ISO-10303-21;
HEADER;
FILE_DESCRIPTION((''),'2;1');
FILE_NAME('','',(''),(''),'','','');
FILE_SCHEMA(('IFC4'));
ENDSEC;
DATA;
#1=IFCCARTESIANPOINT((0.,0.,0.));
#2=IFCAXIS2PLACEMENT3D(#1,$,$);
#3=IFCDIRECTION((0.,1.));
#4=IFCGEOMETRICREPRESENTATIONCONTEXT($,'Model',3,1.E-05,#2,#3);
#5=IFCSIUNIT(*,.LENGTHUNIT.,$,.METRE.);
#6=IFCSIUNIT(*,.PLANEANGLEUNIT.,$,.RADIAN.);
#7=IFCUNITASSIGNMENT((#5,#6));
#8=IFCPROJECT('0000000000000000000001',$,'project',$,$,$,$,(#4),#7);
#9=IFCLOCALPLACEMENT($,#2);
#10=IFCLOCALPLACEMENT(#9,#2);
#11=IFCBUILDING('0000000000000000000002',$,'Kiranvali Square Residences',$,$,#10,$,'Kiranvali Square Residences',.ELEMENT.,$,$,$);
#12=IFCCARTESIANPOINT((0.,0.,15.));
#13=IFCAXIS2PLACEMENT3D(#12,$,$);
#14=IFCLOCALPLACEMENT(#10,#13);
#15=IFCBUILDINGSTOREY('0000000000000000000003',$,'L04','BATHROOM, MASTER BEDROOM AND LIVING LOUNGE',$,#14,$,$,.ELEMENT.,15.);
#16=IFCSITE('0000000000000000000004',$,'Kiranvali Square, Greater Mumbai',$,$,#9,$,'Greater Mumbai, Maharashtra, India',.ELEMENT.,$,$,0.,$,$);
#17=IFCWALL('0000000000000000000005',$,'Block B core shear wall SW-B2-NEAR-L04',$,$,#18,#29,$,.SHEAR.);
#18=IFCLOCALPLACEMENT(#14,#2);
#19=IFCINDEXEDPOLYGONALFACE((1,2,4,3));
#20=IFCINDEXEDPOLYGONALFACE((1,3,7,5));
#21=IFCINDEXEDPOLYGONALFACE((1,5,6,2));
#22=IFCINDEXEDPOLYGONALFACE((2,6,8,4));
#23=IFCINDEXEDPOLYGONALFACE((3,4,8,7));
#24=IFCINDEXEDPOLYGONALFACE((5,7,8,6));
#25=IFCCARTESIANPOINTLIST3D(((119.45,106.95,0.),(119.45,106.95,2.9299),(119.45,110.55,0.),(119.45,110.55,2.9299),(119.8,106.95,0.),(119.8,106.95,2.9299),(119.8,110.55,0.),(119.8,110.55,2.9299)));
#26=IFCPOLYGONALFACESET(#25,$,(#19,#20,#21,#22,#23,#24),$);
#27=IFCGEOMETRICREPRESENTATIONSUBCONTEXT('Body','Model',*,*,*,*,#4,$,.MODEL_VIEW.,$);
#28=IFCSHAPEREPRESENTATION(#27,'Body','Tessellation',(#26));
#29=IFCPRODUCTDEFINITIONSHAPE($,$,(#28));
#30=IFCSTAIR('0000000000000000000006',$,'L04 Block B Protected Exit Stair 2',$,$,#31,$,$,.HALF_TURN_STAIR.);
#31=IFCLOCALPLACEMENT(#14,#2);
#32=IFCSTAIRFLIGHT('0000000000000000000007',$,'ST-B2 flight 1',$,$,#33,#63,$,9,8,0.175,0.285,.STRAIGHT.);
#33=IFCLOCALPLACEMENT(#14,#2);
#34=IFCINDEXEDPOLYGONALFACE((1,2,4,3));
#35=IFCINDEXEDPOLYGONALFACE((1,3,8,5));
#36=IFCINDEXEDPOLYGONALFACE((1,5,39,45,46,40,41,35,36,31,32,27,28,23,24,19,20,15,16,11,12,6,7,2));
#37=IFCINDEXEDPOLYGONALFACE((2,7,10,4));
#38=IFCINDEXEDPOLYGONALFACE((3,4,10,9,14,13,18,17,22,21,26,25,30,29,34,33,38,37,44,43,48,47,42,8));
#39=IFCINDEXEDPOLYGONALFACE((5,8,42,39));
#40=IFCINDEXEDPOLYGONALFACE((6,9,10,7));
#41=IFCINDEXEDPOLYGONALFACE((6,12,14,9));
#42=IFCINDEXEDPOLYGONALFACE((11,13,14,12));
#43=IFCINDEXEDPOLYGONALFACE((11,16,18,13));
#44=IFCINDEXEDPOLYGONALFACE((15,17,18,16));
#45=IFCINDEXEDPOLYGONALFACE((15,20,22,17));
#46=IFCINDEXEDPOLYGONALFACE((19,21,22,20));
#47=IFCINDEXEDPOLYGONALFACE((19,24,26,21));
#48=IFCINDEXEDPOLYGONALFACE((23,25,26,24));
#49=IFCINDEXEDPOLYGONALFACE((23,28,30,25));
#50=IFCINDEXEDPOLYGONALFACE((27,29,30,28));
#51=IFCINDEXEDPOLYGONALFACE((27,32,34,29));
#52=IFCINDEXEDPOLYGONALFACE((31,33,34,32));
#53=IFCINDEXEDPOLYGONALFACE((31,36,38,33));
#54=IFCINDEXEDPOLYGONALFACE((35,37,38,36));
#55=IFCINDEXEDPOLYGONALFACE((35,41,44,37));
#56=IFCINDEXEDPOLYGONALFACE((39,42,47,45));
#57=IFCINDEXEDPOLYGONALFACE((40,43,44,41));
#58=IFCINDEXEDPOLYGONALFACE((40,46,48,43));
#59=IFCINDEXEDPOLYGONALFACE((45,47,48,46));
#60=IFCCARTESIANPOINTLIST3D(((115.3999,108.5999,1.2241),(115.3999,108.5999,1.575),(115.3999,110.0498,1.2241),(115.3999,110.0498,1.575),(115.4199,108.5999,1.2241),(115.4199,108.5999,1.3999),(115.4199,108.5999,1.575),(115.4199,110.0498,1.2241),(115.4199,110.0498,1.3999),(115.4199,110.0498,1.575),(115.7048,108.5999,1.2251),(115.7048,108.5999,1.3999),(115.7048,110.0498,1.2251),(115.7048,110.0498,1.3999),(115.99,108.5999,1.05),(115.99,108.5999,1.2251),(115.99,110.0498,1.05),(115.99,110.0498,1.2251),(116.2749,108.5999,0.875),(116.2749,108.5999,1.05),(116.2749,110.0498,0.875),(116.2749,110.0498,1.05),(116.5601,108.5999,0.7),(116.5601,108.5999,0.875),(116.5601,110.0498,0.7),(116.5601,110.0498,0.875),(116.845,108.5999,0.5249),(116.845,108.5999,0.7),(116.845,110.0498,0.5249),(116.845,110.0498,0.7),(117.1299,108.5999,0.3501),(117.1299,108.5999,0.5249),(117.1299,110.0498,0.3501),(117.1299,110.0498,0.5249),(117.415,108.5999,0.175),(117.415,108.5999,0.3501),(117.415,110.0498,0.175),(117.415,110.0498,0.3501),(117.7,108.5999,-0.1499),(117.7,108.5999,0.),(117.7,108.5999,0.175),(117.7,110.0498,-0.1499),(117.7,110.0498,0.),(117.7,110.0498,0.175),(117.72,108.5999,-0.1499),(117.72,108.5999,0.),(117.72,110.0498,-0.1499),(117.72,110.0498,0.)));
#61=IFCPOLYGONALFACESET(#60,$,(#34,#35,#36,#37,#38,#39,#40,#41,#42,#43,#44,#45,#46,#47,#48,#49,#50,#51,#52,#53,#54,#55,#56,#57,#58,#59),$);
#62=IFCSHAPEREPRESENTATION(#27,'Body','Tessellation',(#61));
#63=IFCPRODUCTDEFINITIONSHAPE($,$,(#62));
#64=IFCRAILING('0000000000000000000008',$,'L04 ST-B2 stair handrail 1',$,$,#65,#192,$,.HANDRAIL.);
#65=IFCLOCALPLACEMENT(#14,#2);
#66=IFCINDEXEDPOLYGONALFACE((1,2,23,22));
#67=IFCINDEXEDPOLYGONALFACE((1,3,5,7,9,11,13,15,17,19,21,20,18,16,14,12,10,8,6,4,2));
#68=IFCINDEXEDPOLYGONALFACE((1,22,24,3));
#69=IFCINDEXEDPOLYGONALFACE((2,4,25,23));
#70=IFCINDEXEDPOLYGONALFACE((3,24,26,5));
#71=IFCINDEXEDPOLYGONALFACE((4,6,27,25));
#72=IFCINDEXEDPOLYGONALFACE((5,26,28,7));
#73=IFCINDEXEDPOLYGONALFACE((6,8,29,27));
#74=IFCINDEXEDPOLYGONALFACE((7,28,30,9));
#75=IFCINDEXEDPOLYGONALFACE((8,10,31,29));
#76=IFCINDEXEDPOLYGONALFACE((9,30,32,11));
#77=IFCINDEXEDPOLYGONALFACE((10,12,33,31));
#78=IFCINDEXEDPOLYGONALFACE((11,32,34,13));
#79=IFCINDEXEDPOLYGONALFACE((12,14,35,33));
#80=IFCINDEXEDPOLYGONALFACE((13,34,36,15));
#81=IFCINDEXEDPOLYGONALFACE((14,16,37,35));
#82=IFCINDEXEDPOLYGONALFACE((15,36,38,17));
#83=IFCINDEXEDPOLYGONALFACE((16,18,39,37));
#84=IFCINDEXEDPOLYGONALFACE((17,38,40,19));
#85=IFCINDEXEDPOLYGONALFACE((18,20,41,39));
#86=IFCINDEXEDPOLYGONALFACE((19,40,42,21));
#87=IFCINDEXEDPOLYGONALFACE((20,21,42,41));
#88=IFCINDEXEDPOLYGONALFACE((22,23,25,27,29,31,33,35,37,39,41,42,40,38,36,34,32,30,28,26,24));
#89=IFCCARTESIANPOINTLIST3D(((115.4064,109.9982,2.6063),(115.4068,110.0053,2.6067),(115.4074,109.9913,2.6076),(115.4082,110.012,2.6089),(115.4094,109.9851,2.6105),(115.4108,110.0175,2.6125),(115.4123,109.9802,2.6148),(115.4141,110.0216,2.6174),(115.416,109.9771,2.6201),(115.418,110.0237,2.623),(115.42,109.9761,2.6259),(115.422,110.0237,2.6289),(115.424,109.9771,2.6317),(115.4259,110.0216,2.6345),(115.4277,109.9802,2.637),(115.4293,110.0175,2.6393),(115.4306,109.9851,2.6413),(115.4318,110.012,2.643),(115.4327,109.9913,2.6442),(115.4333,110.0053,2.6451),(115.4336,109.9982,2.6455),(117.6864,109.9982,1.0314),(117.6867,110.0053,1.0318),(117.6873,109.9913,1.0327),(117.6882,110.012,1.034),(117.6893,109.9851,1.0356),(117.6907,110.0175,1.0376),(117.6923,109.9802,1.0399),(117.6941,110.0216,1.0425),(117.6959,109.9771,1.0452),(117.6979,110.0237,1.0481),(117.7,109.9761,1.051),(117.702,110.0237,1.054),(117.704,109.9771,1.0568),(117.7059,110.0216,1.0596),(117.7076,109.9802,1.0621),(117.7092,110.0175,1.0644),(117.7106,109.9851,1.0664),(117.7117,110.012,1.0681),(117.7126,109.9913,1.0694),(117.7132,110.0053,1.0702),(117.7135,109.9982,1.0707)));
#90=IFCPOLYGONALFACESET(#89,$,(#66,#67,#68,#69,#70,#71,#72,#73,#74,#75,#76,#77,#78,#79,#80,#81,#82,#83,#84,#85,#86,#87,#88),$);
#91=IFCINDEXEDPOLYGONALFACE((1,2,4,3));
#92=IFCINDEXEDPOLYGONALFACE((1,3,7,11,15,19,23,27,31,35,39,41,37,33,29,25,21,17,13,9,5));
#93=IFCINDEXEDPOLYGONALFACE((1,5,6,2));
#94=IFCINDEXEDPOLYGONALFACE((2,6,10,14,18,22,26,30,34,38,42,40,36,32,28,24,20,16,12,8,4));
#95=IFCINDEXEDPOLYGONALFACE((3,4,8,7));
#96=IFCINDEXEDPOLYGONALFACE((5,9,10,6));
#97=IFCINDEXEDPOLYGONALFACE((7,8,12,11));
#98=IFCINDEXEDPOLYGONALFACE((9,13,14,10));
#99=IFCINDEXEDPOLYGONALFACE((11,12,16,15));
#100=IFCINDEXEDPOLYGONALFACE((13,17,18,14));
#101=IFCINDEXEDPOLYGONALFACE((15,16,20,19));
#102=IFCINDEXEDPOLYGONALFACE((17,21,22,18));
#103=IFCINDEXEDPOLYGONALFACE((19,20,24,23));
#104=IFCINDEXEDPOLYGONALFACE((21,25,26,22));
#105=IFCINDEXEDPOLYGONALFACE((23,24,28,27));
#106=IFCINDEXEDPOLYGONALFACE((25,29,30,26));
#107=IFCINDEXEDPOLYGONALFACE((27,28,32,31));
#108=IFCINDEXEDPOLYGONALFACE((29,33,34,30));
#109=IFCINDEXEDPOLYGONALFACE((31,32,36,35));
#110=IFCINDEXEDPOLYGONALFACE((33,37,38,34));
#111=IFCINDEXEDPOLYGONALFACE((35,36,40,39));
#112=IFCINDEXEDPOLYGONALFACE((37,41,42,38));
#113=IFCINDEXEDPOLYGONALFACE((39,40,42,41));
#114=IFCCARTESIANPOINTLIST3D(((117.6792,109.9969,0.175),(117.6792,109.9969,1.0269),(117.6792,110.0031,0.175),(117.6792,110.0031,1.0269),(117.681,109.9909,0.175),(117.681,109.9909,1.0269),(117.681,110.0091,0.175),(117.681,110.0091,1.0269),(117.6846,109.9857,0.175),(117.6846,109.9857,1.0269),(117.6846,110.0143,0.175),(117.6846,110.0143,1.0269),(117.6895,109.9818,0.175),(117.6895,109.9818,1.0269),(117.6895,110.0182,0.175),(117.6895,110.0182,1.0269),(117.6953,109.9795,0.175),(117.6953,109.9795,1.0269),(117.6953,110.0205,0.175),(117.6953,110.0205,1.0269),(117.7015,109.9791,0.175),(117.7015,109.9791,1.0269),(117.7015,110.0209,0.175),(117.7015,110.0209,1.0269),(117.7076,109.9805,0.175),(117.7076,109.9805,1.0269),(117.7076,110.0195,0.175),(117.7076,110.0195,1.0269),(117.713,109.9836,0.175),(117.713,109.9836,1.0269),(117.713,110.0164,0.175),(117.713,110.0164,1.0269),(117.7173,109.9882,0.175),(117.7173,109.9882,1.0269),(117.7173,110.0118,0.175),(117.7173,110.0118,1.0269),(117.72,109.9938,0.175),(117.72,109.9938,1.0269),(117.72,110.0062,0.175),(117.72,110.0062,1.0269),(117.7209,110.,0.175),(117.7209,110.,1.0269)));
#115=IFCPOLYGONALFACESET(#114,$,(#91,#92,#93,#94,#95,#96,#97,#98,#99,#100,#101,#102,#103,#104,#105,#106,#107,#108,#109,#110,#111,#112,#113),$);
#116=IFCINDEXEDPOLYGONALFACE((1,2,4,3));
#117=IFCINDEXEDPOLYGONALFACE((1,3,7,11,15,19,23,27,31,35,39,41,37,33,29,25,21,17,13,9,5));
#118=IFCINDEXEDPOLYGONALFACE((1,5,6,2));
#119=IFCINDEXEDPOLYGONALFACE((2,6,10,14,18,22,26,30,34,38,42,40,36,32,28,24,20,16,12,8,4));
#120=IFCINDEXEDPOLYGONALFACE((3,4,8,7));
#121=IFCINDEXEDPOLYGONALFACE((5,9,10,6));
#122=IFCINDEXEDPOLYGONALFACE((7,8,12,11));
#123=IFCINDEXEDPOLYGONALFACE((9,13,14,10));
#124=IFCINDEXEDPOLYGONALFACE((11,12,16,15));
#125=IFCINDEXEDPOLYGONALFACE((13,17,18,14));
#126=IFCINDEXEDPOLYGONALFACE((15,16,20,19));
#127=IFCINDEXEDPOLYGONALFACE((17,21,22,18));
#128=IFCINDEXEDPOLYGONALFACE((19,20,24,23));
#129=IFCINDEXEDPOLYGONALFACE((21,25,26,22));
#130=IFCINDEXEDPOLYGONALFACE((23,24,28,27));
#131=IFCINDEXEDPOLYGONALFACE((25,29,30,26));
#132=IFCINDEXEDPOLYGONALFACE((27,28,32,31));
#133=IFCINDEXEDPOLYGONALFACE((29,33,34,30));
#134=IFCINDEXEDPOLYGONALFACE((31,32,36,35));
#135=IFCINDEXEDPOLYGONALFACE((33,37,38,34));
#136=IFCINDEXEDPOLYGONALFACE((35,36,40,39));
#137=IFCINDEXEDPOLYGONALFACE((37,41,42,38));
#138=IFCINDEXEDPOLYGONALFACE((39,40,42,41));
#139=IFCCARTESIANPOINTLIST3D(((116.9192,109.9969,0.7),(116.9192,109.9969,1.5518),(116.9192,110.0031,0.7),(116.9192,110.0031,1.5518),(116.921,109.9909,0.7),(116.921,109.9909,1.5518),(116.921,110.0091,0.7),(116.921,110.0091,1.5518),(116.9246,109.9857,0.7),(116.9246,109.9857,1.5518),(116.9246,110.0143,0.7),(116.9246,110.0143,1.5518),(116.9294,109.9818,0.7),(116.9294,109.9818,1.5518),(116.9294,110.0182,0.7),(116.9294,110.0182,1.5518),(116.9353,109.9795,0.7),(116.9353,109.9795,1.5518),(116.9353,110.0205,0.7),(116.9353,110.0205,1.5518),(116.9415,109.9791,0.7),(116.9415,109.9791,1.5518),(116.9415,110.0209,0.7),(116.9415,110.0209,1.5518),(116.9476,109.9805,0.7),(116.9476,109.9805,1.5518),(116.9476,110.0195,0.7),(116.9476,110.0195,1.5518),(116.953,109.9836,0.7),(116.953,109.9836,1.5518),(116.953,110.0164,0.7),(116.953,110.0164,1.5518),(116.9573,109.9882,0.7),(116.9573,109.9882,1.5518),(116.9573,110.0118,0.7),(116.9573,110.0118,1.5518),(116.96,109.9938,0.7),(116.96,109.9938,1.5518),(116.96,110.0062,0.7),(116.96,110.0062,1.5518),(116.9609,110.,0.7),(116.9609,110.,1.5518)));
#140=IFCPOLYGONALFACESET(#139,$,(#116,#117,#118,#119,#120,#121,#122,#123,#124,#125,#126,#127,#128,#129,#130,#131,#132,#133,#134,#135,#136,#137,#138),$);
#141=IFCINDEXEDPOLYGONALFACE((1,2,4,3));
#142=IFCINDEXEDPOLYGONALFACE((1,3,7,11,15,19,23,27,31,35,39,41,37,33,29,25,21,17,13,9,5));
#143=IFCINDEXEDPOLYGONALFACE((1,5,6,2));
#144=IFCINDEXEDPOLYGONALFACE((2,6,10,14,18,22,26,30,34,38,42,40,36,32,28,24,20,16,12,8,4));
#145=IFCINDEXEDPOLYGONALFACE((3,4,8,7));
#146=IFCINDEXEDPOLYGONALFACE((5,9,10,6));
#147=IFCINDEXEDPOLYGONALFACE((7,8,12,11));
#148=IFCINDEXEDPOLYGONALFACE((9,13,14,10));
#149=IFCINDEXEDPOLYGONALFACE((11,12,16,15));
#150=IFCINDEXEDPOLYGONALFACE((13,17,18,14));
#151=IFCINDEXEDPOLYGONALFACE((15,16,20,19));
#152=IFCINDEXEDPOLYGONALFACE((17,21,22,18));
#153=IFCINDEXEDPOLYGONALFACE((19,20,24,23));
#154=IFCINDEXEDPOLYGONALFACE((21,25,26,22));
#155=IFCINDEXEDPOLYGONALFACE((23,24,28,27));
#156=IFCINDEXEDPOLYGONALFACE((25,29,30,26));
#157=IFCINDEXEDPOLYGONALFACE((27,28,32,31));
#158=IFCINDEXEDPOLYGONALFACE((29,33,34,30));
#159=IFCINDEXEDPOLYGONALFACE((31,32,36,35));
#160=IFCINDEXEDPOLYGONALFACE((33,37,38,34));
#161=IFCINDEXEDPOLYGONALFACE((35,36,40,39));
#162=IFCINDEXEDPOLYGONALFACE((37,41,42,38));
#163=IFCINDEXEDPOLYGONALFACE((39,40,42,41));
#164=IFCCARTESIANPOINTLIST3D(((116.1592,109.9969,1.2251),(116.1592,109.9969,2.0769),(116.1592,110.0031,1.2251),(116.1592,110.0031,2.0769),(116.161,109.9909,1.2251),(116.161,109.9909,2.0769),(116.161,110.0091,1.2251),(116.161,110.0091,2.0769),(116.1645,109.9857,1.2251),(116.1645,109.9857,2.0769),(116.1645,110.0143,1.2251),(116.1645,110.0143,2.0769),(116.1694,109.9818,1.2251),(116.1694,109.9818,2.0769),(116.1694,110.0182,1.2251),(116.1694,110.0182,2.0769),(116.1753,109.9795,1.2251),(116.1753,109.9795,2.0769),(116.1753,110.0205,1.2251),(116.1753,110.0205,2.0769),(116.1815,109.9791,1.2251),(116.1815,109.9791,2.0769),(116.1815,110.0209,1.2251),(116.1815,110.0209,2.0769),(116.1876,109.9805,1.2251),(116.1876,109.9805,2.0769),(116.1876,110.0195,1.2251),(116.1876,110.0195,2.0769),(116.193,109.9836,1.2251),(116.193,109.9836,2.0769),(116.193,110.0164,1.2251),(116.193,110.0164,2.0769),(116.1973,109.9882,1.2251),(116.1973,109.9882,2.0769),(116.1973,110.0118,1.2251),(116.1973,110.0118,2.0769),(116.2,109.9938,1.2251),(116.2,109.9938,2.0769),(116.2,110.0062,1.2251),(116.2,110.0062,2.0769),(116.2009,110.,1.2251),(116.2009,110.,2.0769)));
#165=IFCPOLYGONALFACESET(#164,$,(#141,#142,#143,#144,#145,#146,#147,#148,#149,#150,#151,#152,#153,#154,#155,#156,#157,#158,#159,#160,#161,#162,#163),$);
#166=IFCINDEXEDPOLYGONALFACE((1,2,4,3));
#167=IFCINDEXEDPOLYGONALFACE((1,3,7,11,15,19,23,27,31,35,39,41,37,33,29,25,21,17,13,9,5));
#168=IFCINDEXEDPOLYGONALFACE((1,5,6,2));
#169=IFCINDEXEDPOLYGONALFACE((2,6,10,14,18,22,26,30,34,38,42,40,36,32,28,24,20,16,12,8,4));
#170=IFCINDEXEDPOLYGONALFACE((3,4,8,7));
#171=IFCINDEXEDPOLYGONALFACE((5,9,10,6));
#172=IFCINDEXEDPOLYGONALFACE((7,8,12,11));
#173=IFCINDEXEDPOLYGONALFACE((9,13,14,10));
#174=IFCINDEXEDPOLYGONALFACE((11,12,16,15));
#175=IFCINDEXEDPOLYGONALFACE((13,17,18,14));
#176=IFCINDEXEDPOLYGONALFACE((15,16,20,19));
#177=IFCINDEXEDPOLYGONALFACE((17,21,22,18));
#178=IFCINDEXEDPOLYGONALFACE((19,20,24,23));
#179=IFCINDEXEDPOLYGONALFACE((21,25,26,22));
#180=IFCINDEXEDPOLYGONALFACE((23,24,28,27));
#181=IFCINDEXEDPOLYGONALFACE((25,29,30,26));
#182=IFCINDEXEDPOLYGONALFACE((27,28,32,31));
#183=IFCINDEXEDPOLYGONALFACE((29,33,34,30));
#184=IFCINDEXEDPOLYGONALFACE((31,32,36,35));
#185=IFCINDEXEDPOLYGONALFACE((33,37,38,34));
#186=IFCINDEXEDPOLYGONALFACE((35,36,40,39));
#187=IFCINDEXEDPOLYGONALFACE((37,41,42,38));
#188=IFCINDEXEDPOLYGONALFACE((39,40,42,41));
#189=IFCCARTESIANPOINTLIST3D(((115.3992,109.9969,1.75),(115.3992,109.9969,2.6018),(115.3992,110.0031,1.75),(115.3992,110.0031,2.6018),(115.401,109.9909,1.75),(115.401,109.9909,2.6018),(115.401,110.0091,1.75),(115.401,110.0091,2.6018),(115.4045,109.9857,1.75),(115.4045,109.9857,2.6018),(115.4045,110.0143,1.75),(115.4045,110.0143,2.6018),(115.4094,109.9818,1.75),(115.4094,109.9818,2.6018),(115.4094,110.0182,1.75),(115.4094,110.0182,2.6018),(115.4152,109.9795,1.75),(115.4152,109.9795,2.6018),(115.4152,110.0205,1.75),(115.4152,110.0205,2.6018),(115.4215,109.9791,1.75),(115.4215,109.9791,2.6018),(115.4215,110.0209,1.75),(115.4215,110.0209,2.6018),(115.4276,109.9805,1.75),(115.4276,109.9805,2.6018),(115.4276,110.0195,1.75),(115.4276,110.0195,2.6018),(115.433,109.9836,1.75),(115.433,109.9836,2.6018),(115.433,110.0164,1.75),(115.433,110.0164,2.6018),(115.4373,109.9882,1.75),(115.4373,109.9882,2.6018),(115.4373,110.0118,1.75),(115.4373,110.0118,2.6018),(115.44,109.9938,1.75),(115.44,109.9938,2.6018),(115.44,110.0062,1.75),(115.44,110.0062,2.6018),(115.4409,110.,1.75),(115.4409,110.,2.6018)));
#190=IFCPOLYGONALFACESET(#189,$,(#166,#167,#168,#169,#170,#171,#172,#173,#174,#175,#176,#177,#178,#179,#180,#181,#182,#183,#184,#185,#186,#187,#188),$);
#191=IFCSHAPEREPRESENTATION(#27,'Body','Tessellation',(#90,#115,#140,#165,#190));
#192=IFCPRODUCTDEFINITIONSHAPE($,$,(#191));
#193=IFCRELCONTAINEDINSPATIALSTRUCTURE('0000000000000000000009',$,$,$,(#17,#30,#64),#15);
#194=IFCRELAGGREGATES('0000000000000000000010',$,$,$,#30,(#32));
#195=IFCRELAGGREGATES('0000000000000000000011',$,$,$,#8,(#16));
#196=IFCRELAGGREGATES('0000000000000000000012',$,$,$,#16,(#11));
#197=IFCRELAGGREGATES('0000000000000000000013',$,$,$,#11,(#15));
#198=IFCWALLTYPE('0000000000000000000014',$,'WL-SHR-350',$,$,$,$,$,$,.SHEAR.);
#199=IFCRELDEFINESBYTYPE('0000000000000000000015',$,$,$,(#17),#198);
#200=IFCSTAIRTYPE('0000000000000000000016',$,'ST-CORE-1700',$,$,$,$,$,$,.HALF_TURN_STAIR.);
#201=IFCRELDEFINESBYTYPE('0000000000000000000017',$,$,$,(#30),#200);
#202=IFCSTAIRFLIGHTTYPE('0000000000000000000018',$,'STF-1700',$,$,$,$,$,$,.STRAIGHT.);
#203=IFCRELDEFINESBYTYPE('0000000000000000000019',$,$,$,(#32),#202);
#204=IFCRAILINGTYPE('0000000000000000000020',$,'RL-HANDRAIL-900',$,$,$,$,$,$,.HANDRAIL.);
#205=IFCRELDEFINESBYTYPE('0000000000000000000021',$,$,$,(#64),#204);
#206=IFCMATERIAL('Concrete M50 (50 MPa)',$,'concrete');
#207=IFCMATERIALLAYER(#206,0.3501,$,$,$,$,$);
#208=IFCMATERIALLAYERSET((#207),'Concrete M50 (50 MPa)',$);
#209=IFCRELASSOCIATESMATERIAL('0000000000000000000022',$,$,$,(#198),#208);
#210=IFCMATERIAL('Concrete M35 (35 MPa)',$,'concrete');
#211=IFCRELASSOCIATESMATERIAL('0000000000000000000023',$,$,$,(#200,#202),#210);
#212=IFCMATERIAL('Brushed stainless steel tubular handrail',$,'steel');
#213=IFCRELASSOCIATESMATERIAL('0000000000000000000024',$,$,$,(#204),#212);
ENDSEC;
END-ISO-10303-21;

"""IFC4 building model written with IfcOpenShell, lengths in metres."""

from ifc_helpers import new_model, si_unit, direction, frame, frame_2d, origin, origin_2d, place, context, subcontext, project, spatial, polyline, rectangle, circle, outline, extrude, material, layer, layer_set, type_object, element, aggregate, save


model = new_model("IFC4")

# Units and contexts
model_context = context("Model", 3, precision=1e-05, world=origin(), true_north=direction((0.0, 1.0)))
body_context = subcontext(model_context, "Body", "Model", "MODEL_VIEW")
ifc_project = project(units=[si_unit("LENGTHUNIT", "METRE"), si_unit("PLANEANGLEUNIT", "RADIAN")], contexts=[model_context])

# Site, building, storey
site_placement = place(None, origin())
site = spatial("IfcSite", under=ifc_project, at=site_placement, Name="Kiranvali Square, Greater Mumbai", LongName="Greater Mumbai, Maharashtra, India", CompositionType="ELEMENT", RefElevation=0.0)
building_placement = place(site_placement, origin())
building = spatial("IfcBuilding", under=site, at=building_placement, Name="Kiranvali Square Residences", LongName="Kiranvali Square Residences", CompositionType="ELEMENT")
storey_placement = place(building_placement, frame((0.0, 0.0, 15.0)))
storey = spatial("IfcBuildingStorey", under=building, at=storey_placement, Name="L04", Description="BATHROOM, MASTER BEDROOM AND LIVING LOUNGE", CompositionType="ELEMENT", Elevation=15.0)

# Shared definitions
ifc_material_1 = material(Name="Concrete M50 (50 MPa)", Category="concrete")
ifc_layer_1 = layer(ifc_material_1, 0.3501)
ifc_layer_set_1 = layer_set([ifc_layer_1], Name="Concrete M50 (50 MPa)")
wall_type_1 = type_object("IfcWallType", Name="WL-SHR-350", PredefinedType="SHEAR", material=ifc_layer_set_1)

# Wall
wall_1_placement = place(storey_placement, frame((119.625, 106.95, 0.0), z_axis=(0.0, 0.0, 1.0), x_axis=(0.0, 1.0, 0.0)))
element("IfcWall", 1, at=wall_1_placement, inside=storey, type_object=wall_type_1, Name="Block B core shear wall SW-B2-NEAR-L04", PredefinedType="SHEAR", context=body_context, shape_type="SweptSolid", body=[
    extrude(rectangle(XDim=3.6001, YDim=0.3501, at=frame_2d((1.8, 0.0))), origin(), (0.0, 0.0, 1.0), 2.9299),
])

# Stair, stair flight
ifc_material_2 = material(Name="Concrete M35 (35 MPa)", Category="concrete")
stair_type = type_object("IfcStairType", Name="ST-CORE-1700", PredefinedType="HALF_TURN_STAIR", material=ifc_material_2)
stair_placement = place(storey_placement, origin())
stair = element("IfcStair", 2, at=stair_placement, inside=storey, type_object=stair_type, Name="L04 Block B Protected Exit Stair 2", PredefinedType="HALF_TURN_STAIR")
stair_flight_type = type_object("IfcStairFlightType", Name="STF-1700", PredefinedType="STRAIGHT", material=ifc_material_2)
stair_flight_placement = place(storey_placement, frame((117.7, 109.325, 0.0), z_axis=(0.0, 0.0, 1.0), x_axis=(-1.0, 0.0, 0.0)))
stair_flight = element("IfcStairFlight", 3, at=stair_flight_placement, type_object=stair_flight_type, Name="ST-B2 flight 1", NumberOfRisers=9, NumberOfTreads=8, PredefinedType="STRAIGHT", RiserHeight=0.175, TreadLength=0.285, context=body_context, shape_type="SweptSolid", body=[
    extrude(outline(polyline([(-0.02, -0.1499), (-0.02, 0.0), (0.0, 0.0), (0.0, 0.175), (0.2849, 0.175), (0.2849, 0.3501), (0.5701, 0.3501), (0.5701, 0.5249), (0.855, 0.5249), (0.855, 0.7), (1.1399, 0.7), (1.1399, 0.875), (1.425, 0.875), (1.425, 1.05), (1.71, 1.05), (1.71, 1.2251), (1.9951, 1.2251), (1.9951, 1.3999), (2.28, 1.3999), (2.28, 1.575), (2.3, 1.575), (2.3, 1.2241), (2.28, 1.2241), (0.0, -0.1499), (-0.02, -0.1499)])), frame((0.0, 0.7251, 0.0), z_axis=(0.0, -1.0, 0.0), x_axis=(1.0, 0.0, 0.0)), (0.0, 0.0, 1.0), 1.45),
])
aggregate(stair, [stair_flight])

# Railing
ifc_material_3 = material(Name="Brushed stainless steel tubular handrail", Category="steel")
railing_type_1 = type_object("IfcRailingType", Name="RL-HANDRAIL-900", PredefinedType="HANDRAIL", material=ifc_material_3)
railing_1_placement = place(storey_placement, frame((117.7, 110.0, 0.175)))
element("IfcRailing", 4, at=railing_1_placement, inside=storey, type_object=railing_type_1, Name="L04 ST-B2 stair handrail 1", PredefinedType="HANDRAIL", context=body_context, shape_type="SweptSolid", body=[
    extrude(circle(Radius=0.0239, at=origin_2d()), frame((0.0, 0.0, 0.876), z_axis=(-0.822788, 0.0, 0.568348), x_axis=(0.0, -1.0, 0.0)), (0.0, 0.0, 1.0), 2.771),
    extrude(circle(Radius=0.021, at=origin_2d()), origin(), (0.0, 0.0, 1.0), 0.8518),
    extrude(circle(Radius=0.021, at=origin_2d()), frame((-0.76, 0.0, 0.5249)), (0.0, 0.0, 1.0), 0.8518),
    extrude(circle(Radius=0.021, at=origin_2d()), frame((-1.52, 0.0, 1.05)), (0.0, 0.0, 1.0), 0.8518),
    extrude(circle(Radius=0.021, at=origin_2d()), frame((-2.28, 0.0, 1.575)), (0.0, 0.0, 1.0), 0.8518),
])

save(model, "model.ifc")
